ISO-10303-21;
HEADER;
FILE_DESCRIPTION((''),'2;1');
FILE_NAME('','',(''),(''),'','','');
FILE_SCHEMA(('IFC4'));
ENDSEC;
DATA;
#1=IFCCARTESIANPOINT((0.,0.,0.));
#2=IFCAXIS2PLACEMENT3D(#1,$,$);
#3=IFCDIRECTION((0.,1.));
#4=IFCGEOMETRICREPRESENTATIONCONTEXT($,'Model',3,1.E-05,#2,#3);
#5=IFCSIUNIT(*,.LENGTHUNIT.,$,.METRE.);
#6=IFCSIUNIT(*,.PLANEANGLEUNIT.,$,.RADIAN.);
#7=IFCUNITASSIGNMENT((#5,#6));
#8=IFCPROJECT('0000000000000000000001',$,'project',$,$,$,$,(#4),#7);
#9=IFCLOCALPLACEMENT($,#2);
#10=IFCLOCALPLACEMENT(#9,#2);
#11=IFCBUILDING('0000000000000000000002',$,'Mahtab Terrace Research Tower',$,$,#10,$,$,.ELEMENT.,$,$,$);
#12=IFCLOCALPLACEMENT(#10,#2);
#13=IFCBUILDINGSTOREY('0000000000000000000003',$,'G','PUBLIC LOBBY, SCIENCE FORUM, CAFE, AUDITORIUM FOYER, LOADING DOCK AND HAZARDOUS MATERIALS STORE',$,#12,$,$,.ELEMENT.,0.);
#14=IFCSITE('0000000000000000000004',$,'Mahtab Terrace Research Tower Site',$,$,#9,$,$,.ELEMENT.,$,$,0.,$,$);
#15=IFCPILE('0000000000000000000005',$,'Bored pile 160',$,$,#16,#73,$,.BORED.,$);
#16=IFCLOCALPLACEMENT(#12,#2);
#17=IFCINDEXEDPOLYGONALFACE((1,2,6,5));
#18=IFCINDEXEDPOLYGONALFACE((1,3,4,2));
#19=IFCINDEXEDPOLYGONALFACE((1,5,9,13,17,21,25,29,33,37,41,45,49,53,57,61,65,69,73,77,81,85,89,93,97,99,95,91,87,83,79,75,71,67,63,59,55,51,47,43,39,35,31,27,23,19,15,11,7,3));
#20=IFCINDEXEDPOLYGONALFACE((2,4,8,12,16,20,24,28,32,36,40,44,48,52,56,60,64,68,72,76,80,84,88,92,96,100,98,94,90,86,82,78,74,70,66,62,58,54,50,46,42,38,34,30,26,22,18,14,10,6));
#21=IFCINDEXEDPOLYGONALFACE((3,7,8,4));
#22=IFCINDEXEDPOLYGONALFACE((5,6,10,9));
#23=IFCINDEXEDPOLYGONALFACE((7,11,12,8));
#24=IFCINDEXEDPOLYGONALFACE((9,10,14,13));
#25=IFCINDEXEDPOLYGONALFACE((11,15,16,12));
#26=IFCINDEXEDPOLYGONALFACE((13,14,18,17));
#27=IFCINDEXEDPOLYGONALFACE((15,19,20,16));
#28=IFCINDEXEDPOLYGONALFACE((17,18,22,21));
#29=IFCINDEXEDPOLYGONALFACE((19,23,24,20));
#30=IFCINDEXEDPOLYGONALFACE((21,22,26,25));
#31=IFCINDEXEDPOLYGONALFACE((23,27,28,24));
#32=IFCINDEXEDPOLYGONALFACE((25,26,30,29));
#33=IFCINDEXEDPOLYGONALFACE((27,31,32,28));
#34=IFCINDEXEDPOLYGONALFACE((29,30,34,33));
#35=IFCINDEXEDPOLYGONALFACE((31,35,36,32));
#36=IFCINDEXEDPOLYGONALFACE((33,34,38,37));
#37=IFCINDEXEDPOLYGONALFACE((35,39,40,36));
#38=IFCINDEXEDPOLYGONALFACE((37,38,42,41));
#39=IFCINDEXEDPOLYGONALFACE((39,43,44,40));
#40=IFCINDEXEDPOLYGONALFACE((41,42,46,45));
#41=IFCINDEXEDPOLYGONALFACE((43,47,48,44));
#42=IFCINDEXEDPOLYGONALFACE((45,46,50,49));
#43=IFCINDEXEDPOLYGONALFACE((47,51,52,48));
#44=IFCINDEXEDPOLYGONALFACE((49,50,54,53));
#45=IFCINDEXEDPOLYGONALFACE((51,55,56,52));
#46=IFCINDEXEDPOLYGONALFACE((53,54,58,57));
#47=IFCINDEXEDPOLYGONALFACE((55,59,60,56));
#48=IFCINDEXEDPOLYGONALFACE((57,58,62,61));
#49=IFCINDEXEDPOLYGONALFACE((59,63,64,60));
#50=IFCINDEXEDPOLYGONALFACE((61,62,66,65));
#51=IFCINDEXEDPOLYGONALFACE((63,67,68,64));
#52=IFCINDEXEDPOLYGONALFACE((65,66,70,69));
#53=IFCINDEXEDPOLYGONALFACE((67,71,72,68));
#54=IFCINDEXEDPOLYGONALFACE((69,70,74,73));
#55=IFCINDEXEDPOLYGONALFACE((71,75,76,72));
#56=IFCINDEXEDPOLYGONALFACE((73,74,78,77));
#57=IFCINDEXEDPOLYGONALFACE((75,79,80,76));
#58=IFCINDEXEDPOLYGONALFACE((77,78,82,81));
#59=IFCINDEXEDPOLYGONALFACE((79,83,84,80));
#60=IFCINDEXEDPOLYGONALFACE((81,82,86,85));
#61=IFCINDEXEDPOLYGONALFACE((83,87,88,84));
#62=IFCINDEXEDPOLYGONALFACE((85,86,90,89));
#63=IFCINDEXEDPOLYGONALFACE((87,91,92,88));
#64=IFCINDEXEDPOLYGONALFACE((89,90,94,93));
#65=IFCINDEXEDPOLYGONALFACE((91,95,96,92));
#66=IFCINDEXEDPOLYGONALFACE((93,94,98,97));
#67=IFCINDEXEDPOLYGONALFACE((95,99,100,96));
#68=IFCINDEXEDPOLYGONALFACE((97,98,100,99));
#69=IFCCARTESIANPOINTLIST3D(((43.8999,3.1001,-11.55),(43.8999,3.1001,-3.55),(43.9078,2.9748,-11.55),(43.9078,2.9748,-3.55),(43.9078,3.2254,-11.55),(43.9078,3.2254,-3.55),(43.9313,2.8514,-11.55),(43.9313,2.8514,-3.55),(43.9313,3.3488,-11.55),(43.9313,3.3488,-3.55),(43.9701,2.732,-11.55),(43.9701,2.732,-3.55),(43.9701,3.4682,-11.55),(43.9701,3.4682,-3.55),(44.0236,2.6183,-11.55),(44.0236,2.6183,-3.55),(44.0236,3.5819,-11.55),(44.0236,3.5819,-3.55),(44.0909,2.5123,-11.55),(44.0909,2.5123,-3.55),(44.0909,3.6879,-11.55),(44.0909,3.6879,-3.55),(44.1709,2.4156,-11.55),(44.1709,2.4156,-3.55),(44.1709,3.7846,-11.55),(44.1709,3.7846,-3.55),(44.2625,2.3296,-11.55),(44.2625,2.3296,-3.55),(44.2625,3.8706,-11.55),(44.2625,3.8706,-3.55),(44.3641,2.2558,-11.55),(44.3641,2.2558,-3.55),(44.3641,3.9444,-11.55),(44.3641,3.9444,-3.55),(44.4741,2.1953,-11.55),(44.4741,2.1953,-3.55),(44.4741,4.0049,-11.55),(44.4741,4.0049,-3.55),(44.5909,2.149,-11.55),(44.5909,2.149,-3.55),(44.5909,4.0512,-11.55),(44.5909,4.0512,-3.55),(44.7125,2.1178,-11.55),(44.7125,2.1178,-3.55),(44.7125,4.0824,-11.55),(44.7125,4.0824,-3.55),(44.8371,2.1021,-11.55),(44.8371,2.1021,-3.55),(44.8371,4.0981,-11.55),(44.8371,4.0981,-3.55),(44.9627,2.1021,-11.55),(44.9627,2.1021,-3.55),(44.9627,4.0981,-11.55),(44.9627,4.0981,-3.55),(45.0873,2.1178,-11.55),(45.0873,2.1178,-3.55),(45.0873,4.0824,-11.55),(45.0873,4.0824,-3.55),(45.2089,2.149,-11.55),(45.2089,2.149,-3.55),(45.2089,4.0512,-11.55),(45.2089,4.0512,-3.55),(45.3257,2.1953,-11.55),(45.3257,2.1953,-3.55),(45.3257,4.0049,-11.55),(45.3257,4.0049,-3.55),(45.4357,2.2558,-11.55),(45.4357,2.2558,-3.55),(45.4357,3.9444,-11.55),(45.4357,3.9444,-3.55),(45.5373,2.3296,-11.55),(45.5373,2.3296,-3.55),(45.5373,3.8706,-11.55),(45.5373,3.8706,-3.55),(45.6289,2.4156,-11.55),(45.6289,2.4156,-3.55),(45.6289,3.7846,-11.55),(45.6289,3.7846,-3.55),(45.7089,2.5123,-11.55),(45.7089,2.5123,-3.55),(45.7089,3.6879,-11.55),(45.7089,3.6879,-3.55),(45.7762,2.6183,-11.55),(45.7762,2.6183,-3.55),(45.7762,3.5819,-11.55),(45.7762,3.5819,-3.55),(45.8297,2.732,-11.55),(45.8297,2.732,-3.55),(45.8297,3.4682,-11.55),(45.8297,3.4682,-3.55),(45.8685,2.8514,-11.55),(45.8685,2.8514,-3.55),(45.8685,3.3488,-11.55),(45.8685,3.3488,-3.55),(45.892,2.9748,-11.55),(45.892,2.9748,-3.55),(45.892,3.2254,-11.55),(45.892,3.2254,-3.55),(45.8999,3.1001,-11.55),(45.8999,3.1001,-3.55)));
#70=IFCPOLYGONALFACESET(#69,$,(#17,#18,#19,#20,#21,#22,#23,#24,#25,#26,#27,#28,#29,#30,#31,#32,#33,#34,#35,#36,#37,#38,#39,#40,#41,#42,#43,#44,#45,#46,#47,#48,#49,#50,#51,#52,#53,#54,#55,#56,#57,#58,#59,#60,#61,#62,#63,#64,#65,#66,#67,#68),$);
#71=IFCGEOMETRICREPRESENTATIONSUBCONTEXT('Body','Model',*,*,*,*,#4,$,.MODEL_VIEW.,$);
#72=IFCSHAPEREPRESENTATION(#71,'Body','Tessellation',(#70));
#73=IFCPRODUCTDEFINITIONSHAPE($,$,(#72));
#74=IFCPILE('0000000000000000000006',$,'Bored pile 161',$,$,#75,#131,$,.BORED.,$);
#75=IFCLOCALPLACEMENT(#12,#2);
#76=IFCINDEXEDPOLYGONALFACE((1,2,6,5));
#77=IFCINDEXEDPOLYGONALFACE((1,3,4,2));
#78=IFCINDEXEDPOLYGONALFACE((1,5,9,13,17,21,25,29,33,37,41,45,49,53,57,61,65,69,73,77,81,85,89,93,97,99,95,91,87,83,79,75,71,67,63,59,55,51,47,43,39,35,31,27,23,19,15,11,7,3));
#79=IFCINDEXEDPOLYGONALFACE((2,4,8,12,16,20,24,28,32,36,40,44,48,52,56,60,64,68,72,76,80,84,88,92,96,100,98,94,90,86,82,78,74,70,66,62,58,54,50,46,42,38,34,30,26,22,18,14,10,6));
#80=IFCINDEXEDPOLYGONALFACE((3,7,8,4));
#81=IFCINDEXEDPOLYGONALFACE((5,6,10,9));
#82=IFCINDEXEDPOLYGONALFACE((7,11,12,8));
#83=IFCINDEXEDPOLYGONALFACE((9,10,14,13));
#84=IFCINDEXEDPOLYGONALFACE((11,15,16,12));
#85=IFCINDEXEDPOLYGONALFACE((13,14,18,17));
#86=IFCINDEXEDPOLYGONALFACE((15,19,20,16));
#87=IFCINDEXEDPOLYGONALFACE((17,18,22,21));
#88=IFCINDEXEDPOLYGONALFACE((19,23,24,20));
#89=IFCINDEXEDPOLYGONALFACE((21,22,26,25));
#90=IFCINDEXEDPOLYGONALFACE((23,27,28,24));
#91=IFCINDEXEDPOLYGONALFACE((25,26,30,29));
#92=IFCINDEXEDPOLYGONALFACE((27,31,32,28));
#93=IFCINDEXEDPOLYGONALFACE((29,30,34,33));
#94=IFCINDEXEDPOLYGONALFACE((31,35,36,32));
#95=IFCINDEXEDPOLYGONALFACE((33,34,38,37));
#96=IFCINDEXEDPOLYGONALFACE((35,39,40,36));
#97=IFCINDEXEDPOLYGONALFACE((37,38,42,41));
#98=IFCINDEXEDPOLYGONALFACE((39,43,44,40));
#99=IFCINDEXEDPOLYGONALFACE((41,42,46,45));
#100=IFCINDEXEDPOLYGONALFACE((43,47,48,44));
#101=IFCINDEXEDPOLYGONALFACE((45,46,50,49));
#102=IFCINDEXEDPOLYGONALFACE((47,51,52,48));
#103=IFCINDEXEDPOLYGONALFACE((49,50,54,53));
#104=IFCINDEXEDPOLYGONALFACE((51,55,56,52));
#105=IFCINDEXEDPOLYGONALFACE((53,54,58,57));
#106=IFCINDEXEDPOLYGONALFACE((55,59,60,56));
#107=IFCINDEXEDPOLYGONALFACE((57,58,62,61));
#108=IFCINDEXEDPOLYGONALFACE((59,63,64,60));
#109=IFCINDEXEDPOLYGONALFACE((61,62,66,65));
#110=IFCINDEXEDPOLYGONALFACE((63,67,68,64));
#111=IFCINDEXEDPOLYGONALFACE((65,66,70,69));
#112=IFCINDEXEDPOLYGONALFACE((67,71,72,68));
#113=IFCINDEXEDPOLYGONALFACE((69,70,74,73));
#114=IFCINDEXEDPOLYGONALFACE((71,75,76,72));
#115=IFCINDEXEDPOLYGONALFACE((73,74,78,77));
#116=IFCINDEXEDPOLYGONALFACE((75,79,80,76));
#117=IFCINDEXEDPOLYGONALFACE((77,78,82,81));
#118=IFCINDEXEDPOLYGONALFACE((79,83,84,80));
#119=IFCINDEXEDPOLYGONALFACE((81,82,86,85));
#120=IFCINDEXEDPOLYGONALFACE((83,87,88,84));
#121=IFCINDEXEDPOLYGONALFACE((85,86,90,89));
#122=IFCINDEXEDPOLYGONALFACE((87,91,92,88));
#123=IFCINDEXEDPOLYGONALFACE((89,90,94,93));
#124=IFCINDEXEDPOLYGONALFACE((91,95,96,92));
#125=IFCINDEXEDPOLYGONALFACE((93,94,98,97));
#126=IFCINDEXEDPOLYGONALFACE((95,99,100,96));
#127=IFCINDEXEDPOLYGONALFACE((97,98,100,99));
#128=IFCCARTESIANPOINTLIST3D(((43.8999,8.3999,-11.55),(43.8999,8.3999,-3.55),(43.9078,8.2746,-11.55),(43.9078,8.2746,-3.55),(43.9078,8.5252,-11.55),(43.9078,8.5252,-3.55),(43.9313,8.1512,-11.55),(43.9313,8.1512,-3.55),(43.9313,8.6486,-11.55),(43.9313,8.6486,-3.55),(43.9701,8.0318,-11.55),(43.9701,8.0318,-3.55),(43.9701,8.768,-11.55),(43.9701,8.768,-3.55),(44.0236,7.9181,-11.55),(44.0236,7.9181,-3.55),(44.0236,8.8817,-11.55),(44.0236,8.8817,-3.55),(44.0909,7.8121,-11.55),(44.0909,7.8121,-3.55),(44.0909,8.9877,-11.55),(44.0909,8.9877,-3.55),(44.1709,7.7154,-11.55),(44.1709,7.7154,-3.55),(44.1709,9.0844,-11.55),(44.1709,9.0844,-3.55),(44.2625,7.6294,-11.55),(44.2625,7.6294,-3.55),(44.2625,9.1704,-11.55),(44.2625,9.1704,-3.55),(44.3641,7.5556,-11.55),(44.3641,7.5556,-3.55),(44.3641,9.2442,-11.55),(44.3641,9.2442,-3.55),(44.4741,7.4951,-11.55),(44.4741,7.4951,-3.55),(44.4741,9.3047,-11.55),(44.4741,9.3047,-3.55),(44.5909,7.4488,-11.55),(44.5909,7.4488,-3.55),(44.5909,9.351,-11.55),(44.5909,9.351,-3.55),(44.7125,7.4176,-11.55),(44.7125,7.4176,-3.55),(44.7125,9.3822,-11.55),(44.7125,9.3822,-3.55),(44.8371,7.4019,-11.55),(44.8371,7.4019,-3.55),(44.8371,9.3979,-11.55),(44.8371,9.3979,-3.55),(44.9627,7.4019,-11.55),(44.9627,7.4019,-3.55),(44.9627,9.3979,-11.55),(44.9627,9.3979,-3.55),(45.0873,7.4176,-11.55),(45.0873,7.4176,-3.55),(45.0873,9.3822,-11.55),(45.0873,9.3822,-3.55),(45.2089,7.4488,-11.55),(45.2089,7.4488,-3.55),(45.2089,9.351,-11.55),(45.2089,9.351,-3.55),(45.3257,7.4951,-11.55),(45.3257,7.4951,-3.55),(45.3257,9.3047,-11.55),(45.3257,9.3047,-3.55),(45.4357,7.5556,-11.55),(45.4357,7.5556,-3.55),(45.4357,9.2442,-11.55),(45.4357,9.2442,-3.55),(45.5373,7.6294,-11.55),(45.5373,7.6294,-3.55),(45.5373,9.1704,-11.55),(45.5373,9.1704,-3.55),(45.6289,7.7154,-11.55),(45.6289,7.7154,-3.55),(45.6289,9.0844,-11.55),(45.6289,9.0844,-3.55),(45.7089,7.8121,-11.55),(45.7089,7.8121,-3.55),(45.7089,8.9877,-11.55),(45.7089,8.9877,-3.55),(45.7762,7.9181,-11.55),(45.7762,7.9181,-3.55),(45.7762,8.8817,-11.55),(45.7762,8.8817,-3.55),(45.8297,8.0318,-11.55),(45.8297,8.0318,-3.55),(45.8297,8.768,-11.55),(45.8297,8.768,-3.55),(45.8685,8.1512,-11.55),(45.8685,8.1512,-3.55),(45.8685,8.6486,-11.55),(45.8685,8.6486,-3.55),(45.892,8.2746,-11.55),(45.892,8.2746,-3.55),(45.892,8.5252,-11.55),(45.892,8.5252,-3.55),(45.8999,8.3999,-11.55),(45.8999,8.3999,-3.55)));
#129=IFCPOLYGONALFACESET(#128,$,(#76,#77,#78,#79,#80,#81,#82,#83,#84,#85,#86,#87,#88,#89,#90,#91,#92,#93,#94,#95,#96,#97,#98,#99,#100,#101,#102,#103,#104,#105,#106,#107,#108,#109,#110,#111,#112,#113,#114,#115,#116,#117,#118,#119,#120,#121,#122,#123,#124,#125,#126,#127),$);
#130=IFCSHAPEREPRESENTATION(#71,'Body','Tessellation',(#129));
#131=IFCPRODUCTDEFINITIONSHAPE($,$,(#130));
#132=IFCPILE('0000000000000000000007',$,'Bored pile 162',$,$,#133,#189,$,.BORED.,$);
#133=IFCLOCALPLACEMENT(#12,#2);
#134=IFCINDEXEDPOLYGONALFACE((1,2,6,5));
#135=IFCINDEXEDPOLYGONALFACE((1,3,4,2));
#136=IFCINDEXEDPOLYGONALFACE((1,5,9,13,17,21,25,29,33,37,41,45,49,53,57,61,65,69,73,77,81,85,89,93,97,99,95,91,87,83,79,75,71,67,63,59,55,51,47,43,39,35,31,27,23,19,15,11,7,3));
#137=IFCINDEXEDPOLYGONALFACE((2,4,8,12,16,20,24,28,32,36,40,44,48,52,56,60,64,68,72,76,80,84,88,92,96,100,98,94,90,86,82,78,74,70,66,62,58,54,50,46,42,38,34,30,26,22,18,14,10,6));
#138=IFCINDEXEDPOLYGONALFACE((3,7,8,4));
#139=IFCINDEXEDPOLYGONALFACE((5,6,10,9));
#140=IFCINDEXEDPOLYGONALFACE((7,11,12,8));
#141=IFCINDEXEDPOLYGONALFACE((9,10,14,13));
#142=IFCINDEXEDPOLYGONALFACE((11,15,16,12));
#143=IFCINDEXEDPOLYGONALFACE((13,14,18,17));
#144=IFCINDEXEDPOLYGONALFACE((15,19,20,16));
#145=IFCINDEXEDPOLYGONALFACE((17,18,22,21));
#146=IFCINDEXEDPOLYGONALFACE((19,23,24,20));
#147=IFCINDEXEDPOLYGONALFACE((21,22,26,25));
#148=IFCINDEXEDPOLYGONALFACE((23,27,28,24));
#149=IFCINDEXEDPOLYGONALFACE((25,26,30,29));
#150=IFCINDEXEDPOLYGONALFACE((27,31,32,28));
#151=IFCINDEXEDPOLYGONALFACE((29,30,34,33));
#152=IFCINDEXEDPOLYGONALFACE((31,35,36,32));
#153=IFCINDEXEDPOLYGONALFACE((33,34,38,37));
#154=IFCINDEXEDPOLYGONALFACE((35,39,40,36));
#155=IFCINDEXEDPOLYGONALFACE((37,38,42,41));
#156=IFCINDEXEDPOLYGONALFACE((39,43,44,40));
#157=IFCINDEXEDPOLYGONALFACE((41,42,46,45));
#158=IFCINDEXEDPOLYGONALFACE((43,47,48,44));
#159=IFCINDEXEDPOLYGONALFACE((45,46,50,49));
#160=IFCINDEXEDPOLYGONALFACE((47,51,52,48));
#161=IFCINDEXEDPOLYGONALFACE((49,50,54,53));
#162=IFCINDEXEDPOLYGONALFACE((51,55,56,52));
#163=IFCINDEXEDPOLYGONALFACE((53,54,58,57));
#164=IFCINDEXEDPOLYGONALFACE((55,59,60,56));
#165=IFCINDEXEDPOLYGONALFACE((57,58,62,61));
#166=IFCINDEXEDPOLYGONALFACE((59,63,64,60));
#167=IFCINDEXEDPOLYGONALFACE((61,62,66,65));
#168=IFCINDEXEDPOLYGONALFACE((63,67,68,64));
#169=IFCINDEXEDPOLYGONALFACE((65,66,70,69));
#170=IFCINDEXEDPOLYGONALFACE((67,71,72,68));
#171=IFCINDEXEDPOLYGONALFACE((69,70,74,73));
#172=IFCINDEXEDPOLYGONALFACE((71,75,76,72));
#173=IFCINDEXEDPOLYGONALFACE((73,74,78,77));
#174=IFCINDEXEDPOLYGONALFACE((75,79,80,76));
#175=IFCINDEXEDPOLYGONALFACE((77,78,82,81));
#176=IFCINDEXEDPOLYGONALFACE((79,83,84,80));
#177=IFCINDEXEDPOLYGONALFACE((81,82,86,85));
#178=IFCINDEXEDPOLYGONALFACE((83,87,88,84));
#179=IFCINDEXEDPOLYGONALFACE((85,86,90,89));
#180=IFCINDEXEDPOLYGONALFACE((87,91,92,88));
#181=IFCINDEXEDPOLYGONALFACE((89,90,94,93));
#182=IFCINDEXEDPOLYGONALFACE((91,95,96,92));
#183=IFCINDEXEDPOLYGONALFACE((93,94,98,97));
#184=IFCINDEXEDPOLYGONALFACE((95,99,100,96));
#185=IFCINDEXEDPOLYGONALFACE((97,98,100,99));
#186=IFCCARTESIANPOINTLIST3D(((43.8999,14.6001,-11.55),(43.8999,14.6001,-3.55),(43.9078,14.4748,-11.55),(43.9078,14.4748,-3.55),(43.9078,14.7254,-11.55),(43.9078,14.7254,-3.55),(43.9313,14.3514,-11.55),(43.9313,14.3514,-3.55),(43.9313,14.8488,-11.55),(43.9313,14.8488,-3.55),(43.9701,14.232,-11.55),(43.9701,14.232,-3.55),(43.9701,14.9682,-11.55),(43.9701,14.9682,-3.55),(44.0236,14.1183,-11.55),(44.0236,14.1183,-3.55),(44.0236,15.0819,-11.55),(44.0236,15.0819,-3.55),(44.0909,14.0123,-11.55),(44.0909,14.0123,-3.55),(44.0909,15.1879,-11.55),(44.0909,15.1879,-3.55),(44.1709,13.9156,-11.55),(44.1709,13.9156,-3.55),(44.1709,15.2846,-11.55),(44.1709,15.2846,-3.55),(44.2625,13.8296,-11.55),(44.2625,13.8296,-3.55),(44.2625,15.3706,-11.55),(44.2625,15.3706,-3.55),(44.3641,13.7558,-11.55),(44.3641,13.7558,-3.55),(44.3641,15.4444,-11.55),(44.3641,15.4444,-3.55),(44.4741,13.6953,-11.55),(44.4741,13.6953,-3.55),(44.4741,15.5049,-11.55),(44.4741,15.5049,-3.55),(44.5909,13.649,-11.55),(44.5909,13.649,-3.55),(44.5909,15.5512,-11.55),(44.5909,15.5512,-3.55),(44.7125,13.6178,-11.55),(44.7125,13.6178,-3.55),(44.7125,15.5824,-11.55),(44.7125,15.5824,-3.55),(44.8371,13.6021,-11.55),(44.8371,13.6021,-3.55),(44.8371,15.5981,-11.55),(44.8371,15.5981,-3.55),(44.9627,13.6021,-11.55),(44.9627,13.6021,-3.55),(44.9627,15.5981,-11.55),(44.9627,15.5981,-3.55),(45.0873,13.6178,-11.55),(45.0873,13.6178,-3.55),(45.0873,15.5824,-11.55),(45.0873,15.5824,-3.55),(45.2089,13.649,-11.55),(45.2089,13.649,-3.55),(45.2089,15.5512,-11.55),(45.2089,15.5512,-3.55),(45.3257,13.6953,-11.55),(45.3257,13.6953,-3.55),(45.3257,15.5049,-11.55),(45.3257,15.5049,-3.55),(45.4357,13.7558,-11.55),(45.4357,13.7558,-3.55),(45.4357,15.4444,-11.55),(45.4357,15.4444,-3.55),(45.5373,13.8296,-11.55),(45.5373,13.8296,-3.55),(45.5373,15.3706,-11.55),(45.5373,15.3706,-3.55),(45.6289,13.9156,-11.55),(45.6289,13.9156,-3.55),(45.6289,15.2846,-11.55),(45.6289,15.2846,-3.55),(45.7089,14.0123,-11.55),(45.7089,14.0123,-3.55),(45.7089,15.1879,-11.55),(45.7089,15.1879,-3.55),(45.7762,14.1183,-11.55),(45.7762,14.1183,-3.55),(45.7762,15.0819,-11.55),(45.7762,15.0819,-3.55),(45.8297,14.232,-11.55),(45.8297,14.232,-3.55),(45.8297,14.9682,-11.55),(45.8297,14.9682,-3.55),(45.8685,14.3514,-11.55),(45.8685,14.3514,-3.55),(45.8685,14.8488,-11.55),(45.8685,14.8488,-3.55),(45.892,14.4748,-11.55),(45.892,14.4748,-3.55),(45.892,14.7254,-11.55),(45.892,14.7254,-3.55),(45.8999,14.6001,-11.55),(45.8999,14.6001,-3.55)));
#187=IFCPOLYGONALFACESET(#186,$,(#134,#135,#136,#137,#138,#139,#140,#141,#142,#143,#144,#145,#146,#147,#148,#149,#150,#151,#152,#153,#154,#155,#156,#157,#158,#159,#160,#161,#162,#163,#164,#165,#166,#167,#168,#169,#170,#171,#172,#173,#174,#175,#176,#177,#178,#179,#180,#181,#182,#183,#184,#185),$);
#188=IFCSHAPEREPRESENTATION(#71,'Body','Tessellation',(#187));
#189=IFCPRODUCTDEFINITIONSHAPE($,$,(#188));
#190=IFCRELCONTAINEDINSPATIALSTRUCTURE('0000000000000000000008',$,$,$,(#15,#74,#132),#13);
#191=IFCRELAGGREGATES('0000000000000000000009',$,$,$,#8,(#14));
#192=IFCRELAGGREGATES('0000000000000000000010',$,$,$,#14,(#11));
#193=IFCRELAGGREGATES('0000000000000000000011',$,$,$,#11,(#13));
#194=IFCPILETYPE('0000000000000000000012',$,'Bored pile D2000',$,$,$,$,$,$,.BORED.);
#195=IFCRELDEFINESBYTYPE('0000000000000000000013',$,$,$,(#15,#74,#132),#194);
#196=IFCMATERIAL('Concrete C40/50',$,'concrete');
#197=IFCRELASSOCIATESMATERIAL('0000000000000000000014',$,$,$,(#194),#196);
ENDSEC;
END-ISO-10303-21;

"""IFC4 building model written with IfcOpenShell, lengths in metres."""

from ifc_helpers import new_model, si_unit, direction, frame, origin, origin_2d, place, context, subcontext, project, spatial, circle, extrude, material, material_profile, profile_set, type_object, element, save


model = new_model("IFC4")

# Units and contexts
model_context = context("Model", 3, precision=1e-05, world=origin(), true_north=direction((0.0, 1.0)))
body_context = subcontext(model_context, "Body", "Model", "MODEL_VIEW")
ifc_project = project(units=[si_unit("LENGTHUNIT", "METRE"), si_unit("PLANEANGLEUNIT", "RADIAN")], contexts=[model_context])

# Site, building, storey
site_placement = place(None, origin())
site = spatial("IfcSite", under=ifc_project, at=site_placement, Name="Mahtab Terrace Research Tower Site", CompositionType="ELEMENT", RefElevation=0.0)
building_placement = place(site_placement, origin())
building = spatial("IfcBuilding", under=site, at=building_placement, Name="Mahtab Terrace Research Tower", CompositionType="ELEMENT")
storey_placement = place(building_placement, origin())
storey = spatial("IfcBuildingStorey", under=building, at=storey_placement, Name="G", Description="PUBLIC LOBBY, SCIENCE FORUM, CAFE, AUDITORIUM FOYER, LOADING DOCK AND HAZARDOUS MATERIALS STORE", CompositionType="ELEMENT", Elevation=0.0)

# Piles
ifc_material_1 = material(Name="Concrete C40/50", Category="concrete")
ifc_material_profile_1 = material_profile(ifc_material_1, circle(Radius=1.0, at=origin_2d()), Name="Bored pile D2000")
ifc_profile_set_1 = profile_set([ifc_material_profile_1], Name="Concrete C40/50")
pile_type_1 = type_object("IfcPileType", Name="Bored pile D2000", PredefinedType="BORED", material=ifc_profile_set_1)
for number, where, z_axis, x_axis, name in (
    (1, (44.8999, 3.1001, -3.55), (0.0, 0.0, -1.0), (1.0, 0.0, 0.0), "Bored pile 160"),
    (2, (44.8999, 8.3999, -3.55), (0.0, 0.0, -1.0), (1.0, 0.0, 0.0), "Bored pile 161"),
    (3, (44.8999, 14.6001, -3.55), (0.0, 0.0, -1.0), (1.0, 0.0, 0.0), "Bored pile 162"),
):
    element("IfcPile", number, at=place(storey_placement, frame(where, z_axis=z_axis, x_axis=x_axis)), inside=storey, type_object=pile_type_1, Name=name, PredefinedType="BORED", context=body_context, shape_type="SweptSolid", body=[
        extrude(circle(Radius=1.0, at=origin_2d()), origin(), (0.0, 0.0, 1.0), 8.0),
    ])

save(model, "model.ifc")
